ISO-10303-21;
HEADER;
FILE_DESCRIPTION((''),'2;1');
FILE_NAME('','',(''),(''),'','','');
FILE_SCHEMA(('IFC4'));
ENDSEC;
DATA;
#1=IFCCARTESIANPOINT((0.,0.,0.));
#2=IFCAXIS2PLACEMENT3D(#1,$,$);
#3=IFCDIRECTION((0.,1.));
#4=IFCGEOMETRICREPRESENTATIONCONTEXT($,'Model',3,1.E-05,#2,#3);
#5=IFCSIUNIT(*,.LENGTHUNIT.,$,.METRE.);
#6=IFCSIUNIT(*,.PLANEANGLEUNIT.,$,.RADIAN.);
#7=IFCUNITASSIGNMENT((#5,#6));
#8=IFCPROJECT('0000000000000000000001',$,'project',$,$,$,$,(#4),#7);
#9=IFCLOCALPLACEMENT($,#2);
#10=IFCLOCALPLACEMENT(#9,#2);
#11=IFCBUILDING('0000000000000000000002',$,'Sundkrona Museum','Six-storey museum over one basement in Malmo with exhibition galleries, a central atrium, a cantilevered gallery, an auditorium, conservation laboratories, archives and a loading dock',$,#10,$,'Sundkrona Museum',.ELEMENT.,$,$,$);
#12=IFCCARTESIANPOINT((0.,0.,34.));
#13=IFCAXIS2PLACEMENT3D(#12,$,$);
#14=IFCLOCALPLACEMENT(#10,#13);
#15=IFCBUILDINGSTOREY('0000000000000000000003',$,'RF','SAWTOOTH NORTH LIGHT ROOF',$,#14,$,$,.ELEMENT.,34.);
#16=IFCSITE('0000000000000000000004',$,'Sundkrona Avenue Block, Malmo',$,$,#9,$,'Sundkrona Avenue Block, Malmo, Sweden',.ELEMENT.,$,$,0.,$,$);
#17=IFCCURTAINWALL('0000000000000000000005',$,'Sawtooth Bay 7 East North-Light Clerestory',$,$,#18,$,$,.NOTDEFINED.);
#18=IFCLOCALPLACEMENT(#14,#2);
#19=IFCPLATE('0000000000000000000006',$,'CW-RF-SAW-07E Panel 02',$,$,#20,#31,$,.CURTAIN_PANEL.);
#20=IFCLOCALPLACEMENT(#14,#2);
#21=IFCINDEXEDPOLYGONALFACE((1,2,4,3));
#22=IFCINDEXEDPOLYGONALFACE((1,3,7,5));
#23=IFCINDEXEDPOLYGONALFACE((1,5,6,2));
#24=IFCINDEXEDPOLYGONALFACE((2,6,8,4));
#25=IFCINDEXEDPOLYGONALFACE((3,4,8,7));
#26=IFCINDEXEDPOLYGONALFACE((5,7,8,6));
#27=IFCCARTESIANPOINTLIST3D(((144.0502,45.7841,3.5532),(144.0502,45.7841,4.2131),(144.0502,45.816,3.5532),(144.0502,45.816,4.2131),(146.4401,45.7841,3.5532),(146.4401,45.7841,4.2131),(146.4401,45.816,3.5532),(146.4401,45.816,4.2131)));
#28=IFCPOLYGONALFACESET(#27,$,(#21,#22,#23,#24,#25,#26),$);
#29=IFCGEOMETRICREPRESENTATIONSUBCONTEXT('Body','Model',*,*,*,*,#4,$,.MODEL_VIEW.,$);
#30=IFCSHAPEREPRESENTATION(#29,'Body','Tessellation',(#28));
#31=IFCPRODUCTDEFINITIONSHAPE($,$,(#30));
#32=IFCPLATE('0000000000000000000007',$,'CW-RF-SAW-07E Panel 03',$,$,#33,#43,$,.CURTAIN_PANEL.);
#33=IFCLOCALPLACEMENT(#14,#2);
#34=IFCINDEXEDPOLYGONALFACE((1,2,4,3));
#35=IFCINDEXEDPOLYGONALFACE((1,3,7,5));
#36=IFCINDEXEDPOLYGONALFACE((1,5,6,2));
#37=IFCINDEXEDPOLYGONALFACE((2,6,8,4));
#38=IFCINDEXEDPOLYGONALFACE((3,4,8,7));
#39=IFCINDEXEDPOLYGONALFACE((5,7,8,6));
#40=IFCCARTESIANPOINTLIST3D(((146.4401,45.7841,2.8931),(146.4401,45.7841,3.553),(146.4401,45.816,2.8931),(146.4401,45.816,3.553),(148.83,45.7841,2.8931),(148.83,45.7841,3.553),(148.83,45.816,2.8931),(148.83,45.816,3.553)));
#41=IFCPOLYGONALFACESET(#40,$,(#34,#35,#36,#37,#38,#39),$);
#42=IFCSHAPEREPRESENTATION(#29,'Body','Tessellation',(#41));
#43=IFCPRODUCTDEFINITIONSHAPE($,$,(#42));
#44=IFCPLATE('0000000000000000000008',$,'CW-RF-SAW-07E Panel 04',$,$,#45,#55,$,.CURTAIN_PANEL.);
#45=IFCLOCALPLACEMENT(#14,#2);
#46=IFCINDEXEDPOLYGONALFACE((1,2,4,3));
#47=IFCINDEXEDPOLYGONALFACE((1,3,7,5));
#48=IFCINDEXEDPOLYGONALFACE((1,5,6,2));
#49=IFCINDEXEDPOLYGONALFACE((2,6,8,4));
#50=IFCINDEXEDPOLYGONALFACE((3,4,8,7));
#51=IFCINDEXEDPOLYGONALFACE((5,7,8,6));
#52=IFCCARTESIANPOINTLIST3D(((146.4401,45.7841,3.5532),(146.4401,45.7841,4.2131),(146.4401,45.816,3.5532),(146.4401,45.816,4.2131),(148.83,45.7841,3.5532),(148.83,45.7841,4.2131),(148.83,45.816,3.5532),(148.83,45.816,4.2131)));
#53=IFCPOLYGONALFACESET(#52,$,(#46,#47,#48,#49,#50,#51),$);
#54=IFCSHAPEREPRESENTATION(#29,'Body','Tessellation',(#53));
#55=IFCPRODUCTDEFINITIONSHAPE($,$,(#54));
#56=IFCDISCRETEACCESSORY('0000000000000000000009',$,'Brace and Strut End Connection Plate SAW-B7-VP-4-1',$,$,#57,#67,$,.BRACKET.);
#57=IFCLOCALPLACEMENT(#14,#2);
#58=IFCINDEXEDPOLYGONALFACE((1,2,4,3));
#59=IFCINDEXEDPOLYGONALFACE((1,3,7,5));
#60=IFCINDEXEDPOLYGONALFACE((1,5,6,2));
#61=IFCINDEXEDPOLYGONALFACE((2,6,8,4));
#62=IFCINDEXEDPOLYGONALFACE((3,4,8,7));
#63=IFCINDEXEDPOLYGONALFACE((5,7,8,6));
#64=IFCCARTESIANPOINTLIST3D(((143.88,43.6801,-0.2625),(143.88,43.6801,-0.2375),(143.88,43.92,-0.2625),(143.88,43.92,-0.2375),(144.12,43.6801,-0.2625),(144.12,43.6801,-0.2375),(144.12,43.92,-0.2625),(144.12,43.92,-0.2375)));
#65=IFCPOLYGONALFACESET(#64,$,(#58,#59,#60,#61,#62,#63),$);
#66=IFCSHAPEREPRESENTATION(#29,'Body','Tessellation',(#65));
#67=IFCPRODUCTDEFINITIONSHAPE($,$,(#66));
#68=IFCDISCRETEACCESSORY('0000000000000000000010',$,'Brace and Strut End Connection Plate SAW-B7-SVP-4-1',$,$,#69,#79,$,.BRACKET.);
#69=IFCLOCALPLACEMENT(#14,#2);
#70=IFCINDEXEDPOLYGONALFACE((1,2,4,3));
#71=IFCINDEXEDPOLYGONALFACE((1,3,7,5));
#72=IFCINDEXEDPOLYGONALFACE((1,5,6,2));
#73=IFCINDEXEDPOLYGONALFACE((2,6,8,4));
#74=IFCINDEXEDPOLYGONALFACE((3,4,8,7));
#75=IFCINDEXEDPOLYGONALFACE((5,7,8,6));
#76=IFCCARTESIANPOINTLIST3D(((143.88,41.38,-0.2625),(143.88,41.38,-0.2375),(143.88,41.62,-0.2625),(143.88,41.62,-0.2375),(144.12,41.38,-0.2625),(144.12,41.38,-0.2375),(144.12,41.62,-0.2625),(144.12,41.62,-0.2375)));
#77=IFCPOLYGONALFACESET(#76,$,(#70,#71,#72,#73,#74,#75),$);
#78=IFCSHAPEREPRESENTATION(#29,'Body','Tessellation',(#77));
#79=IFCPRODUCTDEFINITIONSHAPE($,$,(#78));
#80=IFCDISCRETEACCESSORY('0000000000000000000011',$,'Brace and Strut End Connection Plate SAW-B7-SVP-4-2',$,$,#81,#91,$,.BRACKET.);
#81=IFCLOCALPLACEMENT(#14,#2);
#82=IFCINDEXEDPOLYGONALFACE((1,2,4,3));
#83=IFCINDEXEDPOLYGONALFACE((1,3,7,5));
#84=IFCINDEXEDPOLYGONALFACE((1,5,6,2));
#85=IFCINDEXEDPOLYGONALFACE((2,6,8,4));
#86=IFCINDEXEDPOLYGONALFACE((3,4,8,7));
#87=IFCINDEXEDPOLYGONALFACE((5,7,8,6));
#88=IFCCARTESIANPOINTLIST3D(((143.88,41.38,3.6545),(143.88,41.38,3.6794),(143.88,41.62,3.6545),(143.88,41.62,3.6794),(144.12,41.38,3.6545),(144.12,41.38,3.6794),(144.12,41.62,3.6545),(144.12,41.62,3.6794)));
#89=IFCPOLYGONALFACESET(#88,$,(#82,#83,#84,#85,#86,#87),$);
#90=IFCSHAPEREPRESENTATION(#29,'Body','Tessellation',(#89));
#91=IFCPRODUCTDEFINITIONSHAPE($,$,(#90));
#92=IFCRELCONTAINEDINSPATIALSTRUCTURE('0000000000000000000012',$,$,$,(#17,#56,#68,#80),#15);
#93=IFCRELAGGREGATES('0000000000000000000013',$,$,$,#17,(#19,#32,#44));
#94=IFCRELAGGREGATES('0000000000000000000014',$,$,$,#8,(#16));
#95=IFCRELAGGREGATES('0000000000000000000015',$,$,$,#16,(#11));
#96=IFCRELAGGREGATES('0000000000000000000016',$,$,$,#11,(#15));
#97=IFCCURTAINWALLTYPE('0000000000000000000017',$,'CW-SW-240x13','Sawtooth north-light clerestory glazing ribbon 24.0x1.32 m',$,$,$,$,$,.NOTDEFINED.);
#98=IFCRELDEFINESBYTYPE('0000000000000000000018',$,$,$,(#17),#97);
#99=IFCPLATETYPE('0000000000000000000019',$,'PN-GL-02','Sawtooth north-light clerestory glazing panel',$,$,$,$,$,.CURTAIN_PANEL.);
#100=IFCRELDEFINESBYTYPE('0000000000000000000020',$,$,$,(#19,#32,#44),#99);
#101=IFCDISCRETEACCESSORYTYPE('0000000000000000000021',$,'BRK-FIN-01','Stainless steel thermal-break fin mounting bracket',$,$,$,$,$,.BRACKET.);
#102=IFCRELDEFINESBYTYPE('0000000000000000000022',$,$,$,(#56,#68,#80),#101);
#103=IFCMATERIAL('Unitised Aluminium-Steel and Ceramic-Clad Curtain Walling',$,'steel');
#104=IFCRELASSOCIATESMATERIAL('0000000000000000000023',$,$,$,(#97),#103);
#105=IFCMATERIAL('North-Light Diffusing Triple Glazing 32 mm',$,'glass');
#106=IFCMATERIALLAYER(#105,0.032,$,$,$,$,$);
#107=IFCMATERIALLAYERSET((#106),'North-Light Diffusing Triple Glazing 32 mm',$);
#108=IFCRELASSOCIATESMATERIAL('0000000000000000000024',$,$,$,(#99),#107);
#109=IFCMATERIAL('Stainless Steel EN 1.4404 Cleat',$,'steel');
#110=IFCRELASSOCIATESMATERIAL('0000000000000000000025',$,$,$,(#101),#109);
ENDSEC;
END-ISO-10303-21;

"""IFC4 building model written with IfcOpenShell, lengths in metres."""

from ifc_helpers import new_model, si_unit, direction, frame, origin, origin_2d, place, context, subcontext, project, spatial, rectangle, extrude, material, layer, layer_set, type_object, element, aggregate, save


model = new_model("IFC4")

# Units and contexts
model_context = context("Model", 3, precision=1e-05, world=origin(), true_north=direction((0.0, 1.0)))
body_context = subcontext(model_context, "Body", "Model", "MODEL_VIEW")
ifc_project = project(units=[si_unit("LENGTHUNIT", "METRE"), si_unit("PLANEANGLEUNIT", "RADIAN")], contexts=[model_context])

# Site, building, storey
site_placement = place(None, origin())
site = spatial("IfcSite", under=ifc_project, at=site_placement, Name="Sundkrona Avenue Block, Malmo", LongName="Sundkrona Avenue Block, Malmo, Sweden", CompositionType="ELEMENT", RefElevation=0.0)
building_placement = place(site_placement, origin())
building = spatial("IfcBuilding", under=site, at=building_placement, Name="Sundkrona Museum", Description="Six-storey museum over one basement in Malmo with exhibition galleries, a central atrium, a cantilevered gallery, an auditorium, conservation laboratories, archives and a loading dock", LongName="Sundkrona Museum", CompositionType="ELEMENT")
storey_placement = place(building_placement, frame((0.0, 0.0, 34.0)))
storey = spatial("IfcBuildingStorey", under=building, at=storey_placement, Name="RF", Description="SAWTOOTH NORTH LIGHT ROOF", CompositionType="ELEMENT", Elevation=34.0)

# Curtain wall
ifc_material_1 = material(Name="Unitised Aluminium-Steel and Ceramic-Clad Curtain Walling", Category="steel")
curtain_wall_type = type_object("IfcCurtainWallType", Name="CW-SW-240x13", Description="Sawtooth north-light clerestory glazing ribbon 24.0x1.32 m", PredefinedType="NOTDEFINED", material=ifc_material_1)
curtain_wall_placement = place(storey_placement, origin())
curtain_wall = element("IfcCurtainWall", 1, at=curtain_wall_placement, inside=storey, type_object=curtain_wall_type, Name="Sawtooth Bay 7 East North-Light Clerestory", PredefinedType="NOTDEFINED")

# Plates
ifc_material_2 = material(Name="North-Light Diffusing Triple Glazing 32 mm", Category="glass")
ifc_layer_1 = layer(ifc_material_2, 0.032)
ifc_layer_set_1 = layer_set([ifc_layer_1], Name="North-Light Diffusing Triple Glazing 32 mm")
plate_type_1 = type_object("IfcPlateType", Name="PN-GL-02", Description="Sawtooth north-light clerestory glazing panel", PredefinedType="CURTAIN_PANEL", material=ifc_layer_set_1)
plate_1_placement = place(storey_placement, frame((145.2451, 45.8, 3.5532), z_axis=(0.0, 0.0, 1.0), x_axis=(1.0, 0.0, 0.0)))
plate_1 = element("IfcPlate", 2, at=plate_1_placement, type_object=plate_type_1, Name="CW-RF-SAW-07E Panel 02", PredefinedType="CURTAIN_PANEL", context=body_context, shape_type="SweptSolid", body=[
    extrude(rectangle(XDim=2.3899, YDim=0.032, at=origin_2d()), origin(), (0.0, 0.0, 1.0), 0.6599),
])
plate_2_placement = place(storey_placement, frame((147.635, 45.8, 2.8931), z_axis=(0.0, 0.0, 1.0), x_axis=(1.0, 0.0, 0.0)))
plate_2 = element("IfcPlate", 3, at=plate_2_placement, type_object=plate_type_1, Name="CW-RF-SAW-07E Panel 03", PredefinedType="CURTAIN_PANEL", context=body_context, shape_type="SweptSolid", body=[
    extrude(rectangle(XDim=2.3899, YDim=0.032, at=origin_2d()), origin(), (0.0, 0.0, 1.0), 0.6599),
])
plate_3_placement = place(storey_placement, frame((147.635, 45.8, 3.5532), z_axis=(0.0, 0.0, 1.0), x_axis=(1.0, 0.0, 0.0)))
plate_3 = element("IfcPlate", 4, at=plate_3_placement, type_object=plate_type_1, Name="CW-RF-SAW-07E Panel 04", PredefinedType="CURTAIN_PANEL", context=body_context, shape_type="SweptSolid", body=[
    extrude(rectangle(XDim=2.3899, YDim=0.032, at=origin_2d()), origin(), (0.0, 0.0, 1.0), 0.6599),
])
aggregate(curtain_wall, [plate_1, plate_2, plate_3])

# Discrete accessories
ifc_material_3 = material(Name="Stainless Steel EN 1.4404 Cleat", Category="steel")
discrete_accessory_type = type_object("IfcDiscreteAccessoryType", Name="BRK-FIN-01", Description="Stainless steel thermal-break fin mounting bracket", PredefinedType="BRACKET", material=ifc_material_3)
for number, where, z_axis, x_axis, name in (
    (5, (144.0, 43.8, -0.2625), (0.0, 0.0, 1.0), (1.0, 0.0, 0.0), "Brace and Strut End Connection Plate SAW-B7-VP-4-1"),
    (6, (144.0, 41.5, -0.2625), (0.0, 0.0, 1.0), (1.0, 0.0, 0.0), "Brace and Strut End Connection Plate SAW-B7-SVP-4-1"),
    (7, (144.0, 41.5, 3.6545), (0.0, 0.0, 1.0), (1.0, 0.0, 0.0), "Brace and Strut End Connection Plate SAW-B7-SVP-4-2"),
):
    element("IfcDiscreteAccessory", number, at=place(storey_placement, frame(where, z_axis=z_axis, x_axis=x_axis)), inside=storey, type_object=discrete_accessory_type, Name=name, PredefinedType="BRACKET", context=body_context, shape_type="SweptSolid", body=[
        extrude(rectangle(XDim=0.24, YDim=0.24, at=origin_2d()), origin(), (0.0, 0.0, 1.0), 0.0249),
    ])

save(model, "model.ifc")
